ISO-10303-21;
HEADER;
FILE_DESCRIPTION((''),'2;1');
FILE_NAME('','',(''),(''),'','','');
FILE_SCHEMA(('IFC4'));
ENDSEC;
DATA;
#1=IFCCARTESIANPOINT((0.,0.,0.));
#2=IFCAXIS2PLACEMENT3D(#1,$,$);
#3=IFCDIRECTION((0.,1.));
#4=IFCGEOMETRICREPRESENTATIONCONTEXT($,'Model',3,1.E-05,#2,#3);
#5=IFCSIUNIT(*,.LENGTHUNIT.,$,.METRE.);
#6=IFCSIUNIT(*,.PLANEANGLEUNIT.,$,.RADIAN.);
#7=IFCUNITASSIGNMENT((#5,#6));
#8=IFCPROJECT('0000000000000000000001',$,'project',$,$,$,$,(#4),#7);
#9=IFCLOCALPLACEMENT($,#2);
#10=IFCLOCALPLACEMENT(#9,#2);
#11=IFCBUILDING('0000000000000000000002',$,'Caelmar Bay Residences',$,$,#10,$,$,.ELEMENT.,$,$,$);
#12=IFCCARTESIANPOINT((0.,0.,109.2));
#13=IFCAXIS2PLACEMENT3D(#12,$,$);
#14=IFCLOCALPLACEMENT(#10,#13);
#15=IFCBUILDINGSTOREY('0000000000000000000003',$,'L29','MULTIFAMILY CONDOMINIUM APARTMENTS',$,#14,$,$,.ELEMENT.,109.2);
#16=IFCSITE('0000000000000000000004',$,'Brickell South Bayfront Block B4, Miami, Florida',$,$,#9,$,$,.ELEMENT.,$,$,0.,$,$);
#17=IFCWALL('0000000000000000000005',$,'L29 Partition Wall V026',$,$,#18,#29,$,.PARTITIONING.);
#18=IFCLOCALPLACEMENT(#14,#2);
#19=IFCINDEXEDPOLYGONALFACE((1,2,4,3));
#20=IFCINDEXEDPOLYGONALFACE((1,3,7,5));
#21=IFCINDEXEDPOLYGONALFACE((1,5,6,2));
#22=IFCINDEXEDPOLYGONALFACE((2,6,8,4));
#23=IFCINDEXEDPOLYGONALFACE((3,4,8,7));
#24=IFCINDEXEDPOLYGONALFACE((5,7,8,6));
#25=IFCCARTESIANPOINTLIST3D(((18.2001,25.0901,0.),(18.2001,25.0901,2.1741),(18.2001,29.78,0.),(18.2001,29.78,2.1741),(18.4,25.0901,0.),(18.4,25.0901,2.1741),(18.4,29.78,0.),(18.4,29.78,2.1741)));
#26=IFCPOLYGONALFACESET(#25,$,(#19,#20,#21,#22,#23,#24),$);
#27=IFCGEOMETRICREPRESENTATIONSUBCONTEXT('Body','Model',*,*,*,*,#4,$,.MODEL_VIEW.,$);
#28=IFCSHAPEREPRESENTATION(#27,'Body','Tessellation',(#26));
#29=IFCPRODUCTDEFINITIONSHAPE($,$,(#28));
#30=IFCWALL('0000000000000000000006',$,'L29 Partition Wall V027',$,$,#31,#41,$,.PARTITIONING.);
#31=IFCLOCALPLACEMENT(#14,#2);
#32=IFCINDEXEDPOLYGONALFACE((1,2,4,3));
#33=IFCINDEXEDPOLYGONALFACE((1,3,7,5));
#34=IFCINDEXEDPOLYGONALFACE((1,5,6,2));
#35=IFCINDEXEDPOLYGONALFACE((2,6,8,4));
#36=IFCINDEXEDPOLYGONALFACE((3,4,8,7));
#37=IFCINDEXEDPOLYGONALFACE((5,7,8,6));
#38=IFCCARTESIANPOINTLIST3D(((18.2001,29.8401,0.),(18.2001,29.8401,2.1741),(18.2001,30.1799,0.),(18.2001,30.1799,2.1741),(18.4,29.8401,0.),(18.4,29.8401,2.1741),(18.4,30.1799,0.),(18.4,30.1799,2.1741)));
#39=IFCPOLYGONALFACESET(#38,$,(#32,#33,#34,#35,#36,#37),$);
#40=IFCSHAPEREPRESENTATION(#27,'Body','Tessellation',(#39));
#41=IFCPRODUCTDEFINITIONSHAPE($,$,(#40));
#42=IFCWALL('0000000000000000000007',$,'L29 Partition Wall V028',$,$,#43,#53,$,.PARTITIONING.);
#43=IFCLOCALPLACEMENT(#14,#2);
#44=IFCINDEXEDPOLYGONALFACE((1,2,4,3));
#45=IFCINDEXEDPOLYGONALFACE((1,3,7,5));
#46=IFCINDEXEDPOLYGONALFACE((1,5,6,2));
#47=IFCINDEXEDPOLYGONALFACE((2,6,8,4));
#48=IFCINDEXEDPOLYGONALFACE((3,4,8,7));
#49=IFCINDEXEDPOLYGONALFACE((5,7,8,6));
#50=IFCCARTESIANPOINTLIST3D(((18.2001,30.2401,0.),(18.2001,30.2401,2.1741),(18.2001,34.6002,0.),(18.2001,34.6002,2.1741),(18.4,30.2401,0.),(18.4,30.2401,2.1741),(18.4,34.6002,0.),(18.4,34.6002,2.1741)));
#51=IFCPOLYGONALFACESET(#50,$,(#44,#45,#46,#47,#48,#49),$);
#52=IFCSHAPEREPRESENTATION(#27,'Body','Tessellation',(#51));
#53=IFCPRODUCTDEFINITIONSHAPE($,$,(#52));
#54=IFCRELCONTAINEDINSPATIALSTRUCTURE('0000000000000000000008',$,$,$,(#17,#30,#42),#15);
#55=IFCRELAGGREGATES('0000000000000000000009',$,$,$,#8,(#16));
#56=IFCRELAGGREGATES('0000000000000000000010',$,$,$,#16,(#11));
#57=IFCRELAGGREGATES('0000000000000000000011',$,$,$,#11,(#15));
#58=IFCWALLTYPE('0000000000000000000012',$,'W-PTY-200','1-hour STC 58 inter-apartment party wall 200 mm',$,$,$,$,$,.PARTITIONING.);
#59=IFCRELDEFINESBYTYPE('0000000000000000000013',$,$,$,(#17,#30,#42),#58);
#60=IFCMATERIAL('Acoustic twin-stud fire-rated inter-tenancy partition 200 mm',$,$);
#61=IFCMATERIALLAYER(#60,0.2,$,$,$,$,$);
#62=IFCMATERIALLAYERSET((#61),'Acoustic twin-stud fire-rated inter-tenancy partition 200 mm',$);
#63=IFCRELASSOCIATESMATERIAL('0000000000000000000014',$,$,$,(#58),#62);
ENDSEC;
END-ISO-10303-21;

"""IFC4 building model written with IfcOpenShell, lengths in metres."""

from ifc_helpers import new_model, si_unit, direction, frame, frame_2d, origin, place, context, subcontext, project, spatial, rectangle, extrude, material, layer, layer_set, type_object, element, save


model = new_model("IFC4")

# Units and contexts
model_context = context("Model", 3, precision=1e-05, world=origin(), true_north=direction((0.0, 1.0)))
body_context = subcontext(model_context, "Body", "Model", "MODEL_VIEW")
ifc_project = project(units=[si_unit("LENGTHUNIT", "METRE"), si_unit("PLANEANGLEUNIT", "RADIAN")], contexts=[model_context])

# Site, building, storey
site_placement = place(None, origin())
site = spatial("IfcSite", under=ifc_project, at=site_placement, Name="Brickell South Bayfront Block B4, Miami, Florida", CompositionType="ELEMENT", RefElevation=0.0)
building_placement = place(site_placement, origin())
building = spatial("IfcBuilding", under=site, at=building_placement, Name="Caelmar Bay Residences", CompositionType="ELEMENT")
storey_placement = place(building_placement, frame((0.0, 0.0, 109.2)))
storey = spatial("IfcBuildingStorey", under=building, at=storey_placement, Name="L29", Description="MULTIFAMILY CONDOMINIUM APARTMENTS", CompositionType="ELEMENT", Elevation=109.2)

# Walls
ifc_material_1 = material(Name="Acoustic twin-stud fire-rated inter-tenancy partition 200 mm")
ifc_layer_1 = layer(ifc_material_1, 0.2)
ifc_layer_set_1 = layer_set([ifc_layer_1], Name="Acoustic twin-stud fire-rated inter-tenancy partition 200 mm")
wall_type_1 = type_object("IfcWallType", Name="W-PTY-200", Description="1-hour STC 58 inter-apartment party wall 200 mm", PredefinedType="PARTITIONING", material=ifc_layer_set_1)
wall_1_placement = place(storey_placement, frame((18.3, 25.0901, 0.0), z_axis=(0.0, 0.0, 1.0), x_axis=(0.0, 1.0, 0.0)))
element("IfcWall", 1, at=wall_1_placement, inside=storey, type_object=wall_type_1, Name="L29 Partition Wall V026", PredefinedType="PARTITIONING", context=body_context, shape_type="SweptSolid", body=[
    extrude(rectangle(XDim=4.6899, YDim=0.2, at=frame_2d((2.345, 0.0))), origin(), (0.0, 0.0, 1.0), 2.1741),
])
wall_2_placement = place(storey_placement, frame((18.3, 29.8401, 0.0), z_axis=(0.0, 0.0, 1.0), x_axis=(0.0, 1.0, 0.0)))
element("IfcWall", 2, at=wall_2_placement, inside=storey, type_object=wall_type_1, Name="L29 Partition Wall V027", PredefinedType="PARTITIONING", context=body_context, shape_type="SweptSolid", body=[
    extrude(rectangle(XDim=0.3398, YDim=0.2, at=frame_2d((0.1699, 0.0))), origin(), (0.0, 0.0, 1.0), 2.1741),
])
wall_3_placement = place(storey_placement, frame((18.3, 30.24, 0.0), z_axis=(0.0, 0.0, 1.0), x_axis=(0.0, 1.0, 0.0)))
element("IfcWall", 3, at=wall_3_placement, inside=storey, type_object=wall_type_1, Name="L29 Partition Wall V028", PredefinedType="PARTITIONING", context=body_context, shape_type="SweptSolid", body=[
    extrude(rectangle(XDim=4.3601, YDim=0.2, at=frame_2d((2.1802, 0.0))), origin(), (0.0, 0.0, 1.0), 2.1741),
])

save(model, "model.ifc")
